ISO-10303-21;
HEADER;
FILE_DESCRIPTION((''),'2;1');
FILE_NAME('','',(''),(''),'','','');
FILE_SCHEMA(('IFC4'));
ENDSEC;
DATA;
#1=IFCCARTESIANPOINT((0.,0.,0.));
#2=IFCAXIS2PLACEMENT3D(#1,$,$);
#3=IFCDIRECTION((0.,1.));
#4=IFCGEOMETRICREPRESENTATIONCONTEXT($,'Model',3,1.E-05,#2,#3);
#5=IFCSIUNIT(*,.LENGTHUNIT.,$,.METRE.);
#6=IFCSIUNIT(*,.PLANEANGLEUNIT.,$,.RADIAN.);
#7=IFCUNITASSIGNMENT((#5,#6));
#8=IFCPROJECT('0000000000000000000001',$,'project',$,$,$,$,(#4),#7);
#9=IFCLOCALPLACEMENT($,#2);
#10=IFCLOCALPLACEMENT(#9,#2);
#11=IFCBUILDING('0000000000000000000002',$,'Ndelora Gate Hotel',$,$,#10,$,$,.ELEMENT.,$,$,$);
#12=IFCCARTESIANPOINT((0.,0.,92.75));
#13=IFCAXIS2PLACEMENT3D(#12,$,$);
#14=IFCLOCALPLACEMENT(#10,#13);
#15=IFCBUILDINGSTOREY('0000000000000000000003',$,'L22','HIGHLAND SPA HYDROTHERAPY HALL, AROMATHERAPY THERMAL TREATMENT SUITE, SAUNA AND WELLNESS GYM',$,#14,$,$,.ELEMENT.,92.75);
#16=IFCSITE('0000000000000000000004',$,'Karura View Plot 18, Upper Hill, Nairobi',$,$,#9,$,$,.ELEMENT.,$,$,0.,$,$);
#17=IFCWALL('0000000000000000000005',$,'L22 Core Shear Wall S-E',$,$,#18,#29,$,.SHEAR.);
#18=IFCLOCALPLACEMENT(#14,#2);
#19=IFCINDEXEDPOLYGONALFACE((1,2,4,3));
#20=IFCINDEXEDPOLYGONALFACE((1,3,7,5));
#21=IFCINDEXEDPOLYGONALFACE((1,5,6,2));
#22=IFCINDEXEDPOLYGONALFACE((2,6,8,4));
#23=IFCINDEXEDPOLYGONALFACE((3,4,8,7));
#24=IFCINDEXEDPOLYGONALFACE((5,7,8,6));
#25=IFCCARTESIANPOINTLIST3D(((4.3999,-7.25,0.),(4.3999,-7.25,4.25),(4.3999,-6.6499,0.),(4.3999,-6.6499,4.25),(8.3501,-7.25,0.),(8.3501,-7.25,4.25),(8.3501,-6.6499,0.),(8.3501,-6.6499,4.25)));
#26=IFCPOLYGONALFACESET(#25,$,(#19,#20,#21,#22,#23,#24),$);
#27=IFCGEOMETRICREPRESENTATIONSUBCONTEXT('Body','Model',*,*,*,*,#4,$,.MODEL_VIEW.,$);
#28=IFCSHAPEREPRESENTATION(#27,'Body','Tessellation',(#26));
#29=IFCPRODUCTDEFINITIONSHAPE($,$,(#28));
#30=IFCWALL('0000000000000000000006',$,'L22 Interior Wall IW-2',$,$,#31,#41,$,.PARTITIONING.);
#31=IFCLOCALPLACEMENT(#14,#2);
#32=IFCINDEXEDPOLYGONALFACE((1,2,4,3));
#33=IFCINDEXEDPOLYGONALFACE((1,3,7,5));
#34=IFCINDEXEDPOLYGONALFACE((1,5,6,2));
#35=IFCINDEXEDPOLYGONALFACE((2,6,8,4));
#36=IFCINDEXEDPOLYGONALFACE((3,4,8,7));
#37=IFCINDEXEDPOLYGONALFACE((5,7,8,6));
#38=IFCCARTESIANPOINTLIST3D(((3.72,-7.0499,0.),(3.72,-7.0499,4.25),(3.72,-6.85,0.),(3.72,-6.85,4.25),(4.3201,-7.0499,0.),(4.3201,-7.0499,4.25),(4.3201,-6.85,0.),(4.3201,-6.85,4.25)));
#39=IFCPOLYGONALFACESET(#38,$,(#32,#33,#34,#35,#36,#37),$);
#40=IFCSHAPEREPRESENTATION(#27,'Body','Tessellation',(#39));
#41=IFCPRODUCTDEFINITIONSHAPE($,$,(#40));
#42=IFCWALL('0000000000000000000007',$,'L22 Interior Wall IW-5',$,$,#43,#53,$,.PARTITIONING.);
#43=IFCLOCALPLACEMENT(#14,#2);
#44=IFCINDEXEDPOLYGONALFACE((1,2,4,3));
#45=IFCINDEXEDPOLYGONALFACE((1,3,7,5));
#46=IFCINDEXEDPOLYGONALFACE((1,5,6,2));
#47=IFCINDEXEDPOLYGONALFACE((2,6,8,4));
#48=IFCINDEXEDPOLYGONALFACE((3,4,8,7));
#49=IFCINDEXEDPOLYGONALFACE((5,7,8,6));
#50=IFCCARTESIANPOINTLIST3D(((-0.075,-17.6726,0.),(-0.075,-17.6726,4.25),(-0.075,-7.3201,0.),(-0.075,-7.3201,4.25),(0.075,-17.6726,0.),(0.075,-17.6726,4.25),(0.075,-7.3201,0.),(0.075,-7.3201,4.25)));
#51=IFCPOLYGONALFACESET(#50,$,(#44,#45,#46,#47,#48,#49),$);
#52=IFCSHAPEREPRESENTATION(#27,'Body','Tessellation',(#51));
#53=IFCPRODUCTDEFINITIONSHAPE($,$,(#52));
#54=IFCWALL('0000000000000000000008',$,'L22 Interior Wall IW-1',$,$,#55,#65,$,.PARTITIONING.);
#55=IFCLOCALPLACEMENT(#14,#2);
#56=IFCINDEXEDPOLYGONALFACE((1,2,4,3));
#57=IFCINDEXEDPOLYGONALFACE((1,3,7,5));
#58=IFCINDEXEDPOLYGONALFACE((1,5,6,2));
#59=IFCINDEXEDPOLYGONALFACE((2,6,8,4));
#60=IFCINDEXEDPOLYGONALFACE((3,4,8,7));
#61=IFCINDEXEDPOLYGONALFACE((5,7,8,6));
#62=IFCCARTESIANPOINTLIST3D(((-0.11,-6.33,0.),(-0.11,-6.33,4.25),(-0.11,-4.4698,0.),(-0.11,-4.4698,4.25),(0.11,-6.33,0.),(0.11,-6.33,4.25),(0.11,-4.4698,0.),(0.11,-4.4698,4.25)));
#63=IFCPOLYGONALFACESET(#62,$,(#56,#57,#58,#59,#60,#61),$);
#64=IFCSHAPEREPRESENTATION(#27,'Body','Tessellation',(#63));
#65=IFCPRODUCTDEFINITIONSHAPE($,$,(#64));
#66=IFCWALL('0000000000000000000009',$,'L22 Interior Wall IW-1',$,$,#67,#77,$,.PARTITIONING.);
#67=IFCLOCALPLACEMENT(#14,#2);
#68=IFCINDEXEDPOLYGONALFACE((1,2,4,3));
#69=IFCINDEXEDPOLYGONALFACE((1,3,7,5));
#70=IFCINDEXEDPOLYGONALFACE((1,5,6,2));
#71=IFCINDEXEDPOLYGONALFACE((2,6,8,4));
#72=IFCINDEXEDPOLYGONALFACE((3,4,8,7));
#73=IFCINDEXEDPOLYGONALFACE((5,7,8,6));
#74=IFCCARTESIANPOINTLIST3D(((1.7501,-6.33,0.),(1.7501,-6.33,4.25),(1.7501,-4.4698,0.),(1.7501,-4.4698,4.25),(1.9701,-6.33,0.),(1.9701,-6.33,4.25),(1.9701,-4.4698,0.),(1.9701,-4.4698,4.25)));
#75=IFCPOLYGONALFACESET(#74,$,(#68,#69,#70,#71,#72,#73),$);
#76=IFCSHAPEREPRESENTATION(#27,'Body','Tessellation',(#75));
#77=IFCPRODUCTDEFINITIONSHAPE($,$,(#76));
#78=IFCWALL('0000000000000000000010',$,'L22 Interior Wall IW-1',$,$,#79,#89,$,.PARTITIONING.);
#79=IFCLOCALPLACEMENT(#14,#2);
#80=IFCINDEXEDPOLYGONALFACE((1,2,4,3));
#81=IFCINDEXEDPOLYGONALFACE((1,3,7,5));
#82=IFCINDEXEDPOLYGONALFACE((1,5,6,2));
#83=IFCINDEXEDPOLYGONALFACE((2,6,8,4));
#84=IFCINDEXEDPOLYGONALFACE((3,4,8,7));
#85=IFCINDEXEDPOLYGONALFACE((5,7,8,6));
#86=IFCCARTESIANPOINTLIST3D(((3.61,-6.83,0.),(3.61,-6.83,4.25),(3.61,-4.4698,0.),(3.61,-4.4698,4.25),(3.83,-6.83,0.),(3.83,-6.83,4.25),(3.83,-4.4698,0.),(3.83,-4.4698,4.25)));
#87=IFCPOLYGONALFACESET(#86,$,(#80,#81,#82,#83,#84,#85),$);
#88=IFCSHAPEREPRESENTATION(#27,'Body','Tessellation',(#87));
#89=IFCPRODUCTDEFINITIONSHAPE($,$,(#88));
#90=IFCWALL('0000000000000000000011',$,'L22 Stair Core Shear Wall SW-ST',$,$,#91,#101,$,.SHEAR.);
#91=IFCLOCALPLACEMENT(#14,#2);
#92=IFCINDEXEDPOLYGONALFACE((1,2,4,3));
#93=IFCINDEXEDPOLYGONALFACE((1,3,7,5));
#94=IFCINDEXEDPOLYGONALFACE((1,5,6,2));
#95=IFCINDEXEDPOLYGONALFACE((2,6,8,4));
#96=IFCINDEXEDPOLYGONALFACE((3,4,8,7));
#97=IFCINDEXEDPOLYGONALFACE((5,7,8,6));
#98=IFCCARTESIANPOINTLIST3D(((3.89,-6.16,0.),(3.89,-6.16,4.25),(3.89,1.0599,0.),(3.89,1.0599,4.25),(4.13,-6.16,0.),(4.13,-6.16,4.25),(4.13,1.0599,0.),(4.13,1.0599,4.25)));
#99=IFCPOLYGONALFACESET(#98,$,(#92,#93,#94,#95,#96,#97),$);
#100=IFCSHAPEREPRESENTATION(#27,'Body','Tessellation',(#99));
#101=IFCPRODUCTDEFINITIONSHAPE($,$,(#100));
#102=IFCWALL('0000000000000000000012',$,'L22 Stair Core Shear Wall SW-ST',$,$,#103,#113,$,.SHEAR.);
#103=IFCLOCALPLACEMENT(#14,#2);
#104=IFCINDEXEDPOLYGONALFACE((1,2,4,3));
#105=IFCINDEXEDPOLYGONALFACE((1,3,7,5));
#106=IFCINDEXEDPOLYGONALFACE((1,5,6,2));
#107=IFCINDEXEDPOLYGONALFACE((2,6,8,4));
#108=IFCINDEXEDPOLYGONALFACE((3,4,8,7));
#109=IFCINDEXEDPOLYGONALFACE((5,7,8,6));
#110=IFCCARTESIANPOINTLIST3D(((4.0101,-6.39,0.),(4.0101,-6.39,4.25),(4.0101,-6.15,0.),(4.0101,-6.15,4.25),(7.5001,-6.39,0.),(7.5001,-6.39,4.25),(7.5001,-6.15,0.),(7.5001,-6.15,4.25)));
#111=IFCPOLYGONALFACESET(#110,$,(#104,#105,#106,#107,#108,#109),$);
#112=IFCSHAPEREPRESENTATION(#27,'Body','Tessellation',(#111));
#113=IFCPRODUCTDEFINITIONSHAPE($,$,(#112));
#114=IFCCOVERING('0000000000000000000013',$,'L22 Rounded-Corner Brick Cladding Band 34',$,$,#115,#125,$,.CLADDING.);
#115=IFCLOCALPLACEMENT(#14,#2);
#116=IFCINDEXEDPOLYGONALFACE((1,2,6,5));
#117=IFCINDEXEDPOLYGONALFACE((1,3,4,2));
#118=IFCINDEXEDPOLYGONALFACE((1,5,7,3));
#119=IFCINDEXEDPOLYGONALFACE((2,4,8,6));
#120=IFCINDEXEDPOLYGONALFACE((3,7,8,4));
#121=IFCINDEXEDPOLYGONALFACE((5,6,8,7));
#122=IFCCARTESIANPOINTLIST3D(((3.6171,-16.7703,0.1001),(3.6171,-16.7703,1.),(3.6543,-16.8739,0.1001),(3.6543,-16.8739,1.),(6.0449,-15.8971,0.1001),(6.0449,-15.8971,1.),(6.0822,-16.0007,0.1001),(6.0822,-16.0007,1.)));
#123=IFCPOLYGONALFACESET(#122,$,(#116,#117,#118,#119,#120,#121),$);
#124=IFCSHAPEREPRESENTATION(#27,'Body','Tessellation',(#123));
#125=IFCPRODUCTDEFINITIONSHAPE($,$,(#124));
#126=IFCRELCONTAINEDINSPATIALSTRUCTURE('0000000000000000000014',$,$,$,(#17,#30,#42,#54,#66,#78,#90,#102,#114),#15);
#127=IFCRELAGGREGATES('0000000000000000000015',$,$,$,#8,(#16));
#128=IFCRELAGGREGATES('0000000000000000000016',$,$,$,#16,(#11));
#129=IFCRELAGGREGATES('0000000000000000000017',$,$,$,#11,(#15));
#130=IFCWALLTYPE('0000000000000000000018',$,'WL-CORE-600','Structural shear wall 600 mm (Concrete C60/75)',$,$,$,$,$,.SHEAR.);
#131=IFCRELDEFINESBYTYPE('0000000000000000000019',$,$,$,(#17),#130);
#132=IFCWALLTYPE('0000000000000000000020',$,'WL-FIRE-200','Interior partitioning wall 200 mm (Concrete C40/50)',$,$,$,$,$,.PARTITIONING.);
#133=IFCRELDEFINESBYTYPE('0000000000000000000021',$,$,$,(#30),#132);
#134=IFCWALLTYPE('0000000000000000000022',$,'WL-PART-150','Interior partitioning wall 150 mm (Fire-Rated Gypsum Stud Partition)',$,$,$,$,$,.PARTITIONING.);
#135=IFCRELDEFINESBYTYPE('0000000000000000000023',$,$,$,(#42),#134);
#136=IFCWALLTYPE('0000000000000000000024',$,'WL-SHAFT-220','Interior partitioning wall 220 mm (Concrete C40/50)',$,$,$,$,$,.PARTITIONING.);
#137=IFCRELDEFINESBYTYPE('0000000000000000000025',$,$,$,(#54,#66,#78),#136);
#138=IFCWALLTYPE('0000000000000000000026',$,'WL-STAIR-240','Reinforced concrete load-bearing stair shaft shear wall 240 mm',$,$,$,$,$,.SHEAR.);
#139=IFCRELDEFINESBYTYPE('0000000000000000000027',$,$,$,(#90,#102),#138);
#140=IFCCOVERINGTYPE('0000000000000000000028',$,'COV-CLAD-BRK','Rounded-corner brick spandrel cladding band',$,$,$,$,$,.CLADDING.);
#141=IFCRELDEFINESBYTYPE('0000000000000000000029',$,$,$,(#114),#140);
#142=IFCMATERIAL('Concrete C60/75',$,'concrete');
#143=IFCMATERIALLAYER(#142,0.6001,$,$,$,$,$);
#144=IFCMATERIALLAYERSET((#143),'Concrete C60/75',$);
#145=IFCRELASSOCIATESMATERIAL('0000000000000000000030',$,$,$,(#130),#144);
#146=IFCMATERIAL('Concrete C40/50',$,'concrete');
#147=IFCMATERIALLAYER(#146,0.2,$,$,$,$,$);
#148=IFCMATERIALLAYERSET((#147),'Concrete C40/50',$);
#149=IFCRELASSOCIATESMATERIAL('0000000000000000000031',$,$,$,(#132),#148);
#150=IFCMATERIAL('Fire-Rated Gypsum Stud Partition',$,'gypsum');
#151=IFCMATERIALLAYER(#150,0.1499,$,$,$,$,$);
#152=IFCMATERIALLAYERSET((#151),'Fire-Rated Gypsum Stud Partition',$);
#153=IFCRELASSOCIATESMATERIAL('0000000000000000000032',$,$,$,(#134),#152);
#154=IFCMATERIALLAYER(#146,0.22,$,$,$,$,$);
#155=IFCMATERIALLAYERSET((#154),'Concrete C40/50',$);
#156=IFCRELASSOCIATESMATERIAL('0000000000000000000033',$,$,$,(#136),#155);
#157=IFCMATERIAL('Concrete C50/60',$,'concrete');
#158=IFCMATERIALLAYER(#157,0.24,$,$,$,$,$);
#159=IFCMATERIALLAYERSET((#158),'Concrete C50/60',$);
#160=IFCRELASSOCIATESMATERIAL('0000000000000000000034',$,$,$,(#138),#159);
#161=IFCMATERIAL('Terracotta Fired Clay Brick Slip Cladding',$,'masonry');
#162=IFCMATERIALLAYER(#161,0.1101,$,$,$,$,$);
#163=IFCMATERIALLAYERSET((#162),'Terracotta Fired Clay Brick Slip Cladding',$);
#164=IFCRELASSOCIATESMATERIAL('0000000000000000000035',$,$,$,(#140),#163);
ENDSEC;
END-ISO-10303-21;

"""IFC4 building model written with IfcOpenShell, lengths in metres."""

from ifc_helpers import new_model, si_unit, direction, frame, frame_2d, origin, origin_2d, place, context, subcontext, project, spatial, rectangle, extrude, material, layer, layer_set, type_object, element, save


model = new_model("IFC4")

# Units and contexts
model_context = context("Model", 3, precision=1e-05, world=origin(), true_north=direction((0.0, 1.0)))
body_context = subcontext(model_context, "Body", "Model", "MODEL_VIEW")
ifc_project = project(units=[si_unit("LENGTHUNIT", "METRE"), si_unit("PLANEANGLEUNIT", "RADIAN")], contexts=[model_context])

# Site, building, storey
site_placement = place(None, origin())
site = spatial("IfcSite", under=ifc_project, at=site_placement, Name="Karura View Plot 18, Upper Hill, Nairobi", CompositionType="ELEMENT", RefElevation=0.0)
building_placement = place(site_placement, origin())
building = spatial("IfcBuilding", under=site, at=building_placement, Name="Ndelora Gate Hotel", CompositionType="ELEMENT")
storey_placement = place(building_placement, frame((0.0, 0.0, 92.75)))
storey = spatial("IfcBuildingStorey", under=building, at=storey_placement, Name="L22", Description="HIGHLAND SPA HYDROTHERAPY HALL, AROMATHERAPY THERMAL TREATMENT SUITE, SAUNA AND WELLNESS GYM", CompositionType="ELEMENT", Elevation=92.75)

# Shared definitions
ifc_material_1 = material(Name="Concrete C60/75", Category="concrete")

# Walls
ifc_layer_1 = layer(ifc_material_1, 0.6001)
ifc_layer_set_1 = layer_set([ifc_layer_1], Name="Concrete C60/75")
wall_type_1 = type_object("IfcWallType", Name="WL-CORE-600", Description="Structural shear wall 600 mm (Concrete C60/75)", PredefinedType="SHEAR", material=ifc_layer_set_1)
wall_1_placement = place(storey_placement, frame((4.3999, -6.95, 0.0), z_axis=(0.0, 0.0, 1.0), x_axis=(1.0, 0.0, 0.0)))
element("IfcWall", 1, at=wall_1_placement, inside=storey, type_object=wall_type_1, Name="L22 Core Shear Wall S-E", PredefinedType="SHEAR", context=body_context, shape_type="SweptSolid", body=[
    extrude(rectangle(XDim=3.9502, YDim=0.6001, at=frame_2d((1.9751, 0.0))), origin(), (0.0, 0.0, 1.0), 4.25),
])
ifc_material_2 = material(Name="Concrete C40/50", Category="concrete")
ifc_layer_2 = layer(ifc_material_2, 0.2)
ifc_layer_set_2 = layer_set([ifc_layer_2], Name="Concrete C40/50")
wall_type_2 = type_object("IfcWallType", Name="WL-FIRE-200", Description="Interior partitioning wall 200 mm (Concrete C40/50)", PredefinedType="PARTITIONING", material=ifc_layer_set_2)
wall_2_placement = place(storey_placement, frame((3.72, -6.95, 0.0), z_axis=(0.0, 0.0, 1.0), x_axis=(1.0, 0.0, 0.0)))
element("IfcWall", 2, at=wall_2_placement, inside=storey, type_object=wall_type_2, Name="L22 Interior Wall IW-2", PredefinedType="PARTITIONING", context=body_context, shape_type="SweptSolid", body=[
    extrude(rectangle(XDim=0.6001, YDim=0.2, at=frame_2d((0.3, 0.0))), origin(), (0.0, 0.0, 1.0), 4.25),
])
ifc_material_3 = material(Name="Fire-Rated Gypsum Stud Partition", Category="gypsum")
ifc_layer_3 = layer(ifc_material_3, 0.1499)
ifc_layer_set_3 = layer_set([ifc_layer_3], Name="Fire-Rated Gypsum Stud Partition")
wall_type_3 = type_object("IfcWallType", Name="WL-PART-150", Description="Interior partitioning wall 150 mm (Fire-Rated Gypsum Stud Partition)", PredefinedType="PARTITIONING", material=ifc_layer_set_3)
wall_3_placement = place(storey_placement, frame((0.0, -7.3201, 0.0), z_axis=(0.0, 0.0, 1.0), x_axis=(0.0, -1.0, 0.0)))
element("IfcWall", 3, at=wall_3_placement, inside=storey, type_object=wall_type_3, Name="L22 Interior Wall IW-5", PredefinedType="PARTITIONING", context=body_context, shape_type="SweptSolid", body=[
    extrude(rectangle(XDim=10.3525, YDim=0.1499, at=frame_2d((5.1763, 0.0))), origin(), (0.0, 0.0, 1.0), 4.25),
])
ifc_layer_4 = layer(ifc_material_2, 0.22)
ifc_layer_set_4 = layer_set([ifc_layer_4], Name="Concrete C40/50")
wall_type_4 = type_object("IfcWallType", Name="WL-SHAFT-220", Description="Interior partitioning wall 220 mm (Concrete C40/50)", PredefinedType="PARTITIONING", material=ifc_layer_set_4)
wall_4_placement = place(storey_placement, frame((0.0, -6.3301, 0.0), z_axis=(0.0, 0.0, 1.0), x_axis=(0.0, 1.0, 0.0)))
element("IfcWall", 4, at=wall_4_placement, inside=storey, type_object=wall_type_4, Name="L22 Interior Wall IW-1", PredefinedType="PARTITIONING", context=body_context, shape_type="SweptSolid", body=[
    extrude(rectangle(XDim=1.8601, YDim=0.22, at=frame_2d((0.9302, 0.0))), origin(), (0.0, 0.0, 1.0), 4.25),
])

# Wall
wall_5_placement = place(storey_placement, frame((1.8601, -6.3301, 0.0), z_axis=(0.0, 0.0, 1.0), x_axis=(0.0, 1.0, 0.0)))
element("IfcWall", 5, at=wall_5_placement, inside=storey, type_object=wall_type_4, Name="L22 Interior Wall IW-1", PredefinedType="PARTITIONING", context=body_context, shape_type="SweptSolid", body=[
    extrude(rectangle(XDim=1.8601, YDim=0.22, at=frame_2d((0.9302, 0.0))), origin(), (0.0, 0.0, 1.0), 4.25),
])

# Walls
wall_6_placement = place(storey_placement, frame((3.72, -6.8301, 0.0), z_axis=(0.0, 0.0, 1.0), x_axis=(0.0, 1.0, 0.0)))
element("IfcWall", 6, at=wall_6_placement, inside=storey, type_object=wall_type_4, Name="L22 Interior Wall IW-1", PredefinedType="PARTITIONING", context=body_context, shape_type="SweptSolid", body=[
    extrude(rectangle(XDim=2.3601, YDim=0.22, at=frame_2d((1.1802, 0.0))), origin(), (0.0, 0.0, 1.0), 4.25),
])
ifc_material_4 = material(Name="Concrete C50/60", Category="concrete")
ifc_layer_5 = layer(ifc_material_4, 0.24)
ifc_layer_set_5 = layer_set([ifc_layer_5], Name="Concrete C50/60")
wall_type_5 = type_object("IfcWallType", Name="WL-STAIR-240", Description="Reinforced concrete load-bearing stair shaft shear wall 240 mm", PredefinedType="SHEAR", material=ifc_layer_set_5)
wall_7_placement = place(storey_placement, frame((4.01, -6.1599, 0.0), z_axis=(0.0, 0.0, 1.0), x_axis=(0.0, 1.0, 0.0)))
element("IfcWall", 7, at=wall_7_placement, inside=storey, type_object=wall_type_5, Name="L22 Stair Core Shear Wall SW-ST", PredefinedType="SHEAR", context=body_context, shape_type="SweptSolid", body=[
    extrude(rectangle(XDim=7.22, YDim=0.24, at=frame_2d((3.6099, 0.0))), origin(), (0.0, 0.0, 1.0), 4.25),
])
wall_8_placement = place(storey_placement, frame((4.01, -6.27, 0.0), z_axis=(0.0, 0.0, 1.0), x_axis=(1.0, 0.0, 0.0)))
element("IfcWall", 8, at=wall_8_placement, inside=storey, type_object=wall_type_5, Name="L22 Stair Core Shear Wall SW-ST", PredefinedType="SHEAR", context=body_context, shape_type="SweptSolid", body=[
    extrude(rectangle(XDim=3.49, YDim=0.24, at=frame_2d((1.7451, 0.0))), origin(), (0.0, 0.0, 1.0), 4.25),
])

# Covering
ifc_material_5 = material(Name="Terracotta Fired Clay Brick Slip Cladding", Category="masonry")
ifc_layer_6 = layer(ifc_material_5, 0.1101)
ifc_layer_set_6 = layer_set([ifc_layer_6], Name="Terracotta Fired Clay Brick Slip Cladding")
covering_type = type_object("IfcCoveringType", Name="COV-CLAD-BRK", Description="Rounded-corner brick spandrel cladding band", PredefinedType="CLADDING", material=ifc_layer_set_6)
covering_placement = place(storey_placement, frame((4.8496, -16.3855, 0.1001), z_axis=(0.0, 0.0, 1.0), x_axis=(0.940999, 0.338409, 0.0)))
element("IfcCovering", 9, at=covering_placement, inside=storey, type_object=covering_type, Name="L22 Rounded-Corner Brick Cladding Band 34", PredefinedType="CLADDING", context=body_context, shape_type="SweptSolid", body=[
    extrude(rectangle(XDim=2.5801, YDim=0.1101, at=origin_2d()), origin(), (0.0, 0.0, 1.0), 0.8999),
])

save(model, "model.ifc")
